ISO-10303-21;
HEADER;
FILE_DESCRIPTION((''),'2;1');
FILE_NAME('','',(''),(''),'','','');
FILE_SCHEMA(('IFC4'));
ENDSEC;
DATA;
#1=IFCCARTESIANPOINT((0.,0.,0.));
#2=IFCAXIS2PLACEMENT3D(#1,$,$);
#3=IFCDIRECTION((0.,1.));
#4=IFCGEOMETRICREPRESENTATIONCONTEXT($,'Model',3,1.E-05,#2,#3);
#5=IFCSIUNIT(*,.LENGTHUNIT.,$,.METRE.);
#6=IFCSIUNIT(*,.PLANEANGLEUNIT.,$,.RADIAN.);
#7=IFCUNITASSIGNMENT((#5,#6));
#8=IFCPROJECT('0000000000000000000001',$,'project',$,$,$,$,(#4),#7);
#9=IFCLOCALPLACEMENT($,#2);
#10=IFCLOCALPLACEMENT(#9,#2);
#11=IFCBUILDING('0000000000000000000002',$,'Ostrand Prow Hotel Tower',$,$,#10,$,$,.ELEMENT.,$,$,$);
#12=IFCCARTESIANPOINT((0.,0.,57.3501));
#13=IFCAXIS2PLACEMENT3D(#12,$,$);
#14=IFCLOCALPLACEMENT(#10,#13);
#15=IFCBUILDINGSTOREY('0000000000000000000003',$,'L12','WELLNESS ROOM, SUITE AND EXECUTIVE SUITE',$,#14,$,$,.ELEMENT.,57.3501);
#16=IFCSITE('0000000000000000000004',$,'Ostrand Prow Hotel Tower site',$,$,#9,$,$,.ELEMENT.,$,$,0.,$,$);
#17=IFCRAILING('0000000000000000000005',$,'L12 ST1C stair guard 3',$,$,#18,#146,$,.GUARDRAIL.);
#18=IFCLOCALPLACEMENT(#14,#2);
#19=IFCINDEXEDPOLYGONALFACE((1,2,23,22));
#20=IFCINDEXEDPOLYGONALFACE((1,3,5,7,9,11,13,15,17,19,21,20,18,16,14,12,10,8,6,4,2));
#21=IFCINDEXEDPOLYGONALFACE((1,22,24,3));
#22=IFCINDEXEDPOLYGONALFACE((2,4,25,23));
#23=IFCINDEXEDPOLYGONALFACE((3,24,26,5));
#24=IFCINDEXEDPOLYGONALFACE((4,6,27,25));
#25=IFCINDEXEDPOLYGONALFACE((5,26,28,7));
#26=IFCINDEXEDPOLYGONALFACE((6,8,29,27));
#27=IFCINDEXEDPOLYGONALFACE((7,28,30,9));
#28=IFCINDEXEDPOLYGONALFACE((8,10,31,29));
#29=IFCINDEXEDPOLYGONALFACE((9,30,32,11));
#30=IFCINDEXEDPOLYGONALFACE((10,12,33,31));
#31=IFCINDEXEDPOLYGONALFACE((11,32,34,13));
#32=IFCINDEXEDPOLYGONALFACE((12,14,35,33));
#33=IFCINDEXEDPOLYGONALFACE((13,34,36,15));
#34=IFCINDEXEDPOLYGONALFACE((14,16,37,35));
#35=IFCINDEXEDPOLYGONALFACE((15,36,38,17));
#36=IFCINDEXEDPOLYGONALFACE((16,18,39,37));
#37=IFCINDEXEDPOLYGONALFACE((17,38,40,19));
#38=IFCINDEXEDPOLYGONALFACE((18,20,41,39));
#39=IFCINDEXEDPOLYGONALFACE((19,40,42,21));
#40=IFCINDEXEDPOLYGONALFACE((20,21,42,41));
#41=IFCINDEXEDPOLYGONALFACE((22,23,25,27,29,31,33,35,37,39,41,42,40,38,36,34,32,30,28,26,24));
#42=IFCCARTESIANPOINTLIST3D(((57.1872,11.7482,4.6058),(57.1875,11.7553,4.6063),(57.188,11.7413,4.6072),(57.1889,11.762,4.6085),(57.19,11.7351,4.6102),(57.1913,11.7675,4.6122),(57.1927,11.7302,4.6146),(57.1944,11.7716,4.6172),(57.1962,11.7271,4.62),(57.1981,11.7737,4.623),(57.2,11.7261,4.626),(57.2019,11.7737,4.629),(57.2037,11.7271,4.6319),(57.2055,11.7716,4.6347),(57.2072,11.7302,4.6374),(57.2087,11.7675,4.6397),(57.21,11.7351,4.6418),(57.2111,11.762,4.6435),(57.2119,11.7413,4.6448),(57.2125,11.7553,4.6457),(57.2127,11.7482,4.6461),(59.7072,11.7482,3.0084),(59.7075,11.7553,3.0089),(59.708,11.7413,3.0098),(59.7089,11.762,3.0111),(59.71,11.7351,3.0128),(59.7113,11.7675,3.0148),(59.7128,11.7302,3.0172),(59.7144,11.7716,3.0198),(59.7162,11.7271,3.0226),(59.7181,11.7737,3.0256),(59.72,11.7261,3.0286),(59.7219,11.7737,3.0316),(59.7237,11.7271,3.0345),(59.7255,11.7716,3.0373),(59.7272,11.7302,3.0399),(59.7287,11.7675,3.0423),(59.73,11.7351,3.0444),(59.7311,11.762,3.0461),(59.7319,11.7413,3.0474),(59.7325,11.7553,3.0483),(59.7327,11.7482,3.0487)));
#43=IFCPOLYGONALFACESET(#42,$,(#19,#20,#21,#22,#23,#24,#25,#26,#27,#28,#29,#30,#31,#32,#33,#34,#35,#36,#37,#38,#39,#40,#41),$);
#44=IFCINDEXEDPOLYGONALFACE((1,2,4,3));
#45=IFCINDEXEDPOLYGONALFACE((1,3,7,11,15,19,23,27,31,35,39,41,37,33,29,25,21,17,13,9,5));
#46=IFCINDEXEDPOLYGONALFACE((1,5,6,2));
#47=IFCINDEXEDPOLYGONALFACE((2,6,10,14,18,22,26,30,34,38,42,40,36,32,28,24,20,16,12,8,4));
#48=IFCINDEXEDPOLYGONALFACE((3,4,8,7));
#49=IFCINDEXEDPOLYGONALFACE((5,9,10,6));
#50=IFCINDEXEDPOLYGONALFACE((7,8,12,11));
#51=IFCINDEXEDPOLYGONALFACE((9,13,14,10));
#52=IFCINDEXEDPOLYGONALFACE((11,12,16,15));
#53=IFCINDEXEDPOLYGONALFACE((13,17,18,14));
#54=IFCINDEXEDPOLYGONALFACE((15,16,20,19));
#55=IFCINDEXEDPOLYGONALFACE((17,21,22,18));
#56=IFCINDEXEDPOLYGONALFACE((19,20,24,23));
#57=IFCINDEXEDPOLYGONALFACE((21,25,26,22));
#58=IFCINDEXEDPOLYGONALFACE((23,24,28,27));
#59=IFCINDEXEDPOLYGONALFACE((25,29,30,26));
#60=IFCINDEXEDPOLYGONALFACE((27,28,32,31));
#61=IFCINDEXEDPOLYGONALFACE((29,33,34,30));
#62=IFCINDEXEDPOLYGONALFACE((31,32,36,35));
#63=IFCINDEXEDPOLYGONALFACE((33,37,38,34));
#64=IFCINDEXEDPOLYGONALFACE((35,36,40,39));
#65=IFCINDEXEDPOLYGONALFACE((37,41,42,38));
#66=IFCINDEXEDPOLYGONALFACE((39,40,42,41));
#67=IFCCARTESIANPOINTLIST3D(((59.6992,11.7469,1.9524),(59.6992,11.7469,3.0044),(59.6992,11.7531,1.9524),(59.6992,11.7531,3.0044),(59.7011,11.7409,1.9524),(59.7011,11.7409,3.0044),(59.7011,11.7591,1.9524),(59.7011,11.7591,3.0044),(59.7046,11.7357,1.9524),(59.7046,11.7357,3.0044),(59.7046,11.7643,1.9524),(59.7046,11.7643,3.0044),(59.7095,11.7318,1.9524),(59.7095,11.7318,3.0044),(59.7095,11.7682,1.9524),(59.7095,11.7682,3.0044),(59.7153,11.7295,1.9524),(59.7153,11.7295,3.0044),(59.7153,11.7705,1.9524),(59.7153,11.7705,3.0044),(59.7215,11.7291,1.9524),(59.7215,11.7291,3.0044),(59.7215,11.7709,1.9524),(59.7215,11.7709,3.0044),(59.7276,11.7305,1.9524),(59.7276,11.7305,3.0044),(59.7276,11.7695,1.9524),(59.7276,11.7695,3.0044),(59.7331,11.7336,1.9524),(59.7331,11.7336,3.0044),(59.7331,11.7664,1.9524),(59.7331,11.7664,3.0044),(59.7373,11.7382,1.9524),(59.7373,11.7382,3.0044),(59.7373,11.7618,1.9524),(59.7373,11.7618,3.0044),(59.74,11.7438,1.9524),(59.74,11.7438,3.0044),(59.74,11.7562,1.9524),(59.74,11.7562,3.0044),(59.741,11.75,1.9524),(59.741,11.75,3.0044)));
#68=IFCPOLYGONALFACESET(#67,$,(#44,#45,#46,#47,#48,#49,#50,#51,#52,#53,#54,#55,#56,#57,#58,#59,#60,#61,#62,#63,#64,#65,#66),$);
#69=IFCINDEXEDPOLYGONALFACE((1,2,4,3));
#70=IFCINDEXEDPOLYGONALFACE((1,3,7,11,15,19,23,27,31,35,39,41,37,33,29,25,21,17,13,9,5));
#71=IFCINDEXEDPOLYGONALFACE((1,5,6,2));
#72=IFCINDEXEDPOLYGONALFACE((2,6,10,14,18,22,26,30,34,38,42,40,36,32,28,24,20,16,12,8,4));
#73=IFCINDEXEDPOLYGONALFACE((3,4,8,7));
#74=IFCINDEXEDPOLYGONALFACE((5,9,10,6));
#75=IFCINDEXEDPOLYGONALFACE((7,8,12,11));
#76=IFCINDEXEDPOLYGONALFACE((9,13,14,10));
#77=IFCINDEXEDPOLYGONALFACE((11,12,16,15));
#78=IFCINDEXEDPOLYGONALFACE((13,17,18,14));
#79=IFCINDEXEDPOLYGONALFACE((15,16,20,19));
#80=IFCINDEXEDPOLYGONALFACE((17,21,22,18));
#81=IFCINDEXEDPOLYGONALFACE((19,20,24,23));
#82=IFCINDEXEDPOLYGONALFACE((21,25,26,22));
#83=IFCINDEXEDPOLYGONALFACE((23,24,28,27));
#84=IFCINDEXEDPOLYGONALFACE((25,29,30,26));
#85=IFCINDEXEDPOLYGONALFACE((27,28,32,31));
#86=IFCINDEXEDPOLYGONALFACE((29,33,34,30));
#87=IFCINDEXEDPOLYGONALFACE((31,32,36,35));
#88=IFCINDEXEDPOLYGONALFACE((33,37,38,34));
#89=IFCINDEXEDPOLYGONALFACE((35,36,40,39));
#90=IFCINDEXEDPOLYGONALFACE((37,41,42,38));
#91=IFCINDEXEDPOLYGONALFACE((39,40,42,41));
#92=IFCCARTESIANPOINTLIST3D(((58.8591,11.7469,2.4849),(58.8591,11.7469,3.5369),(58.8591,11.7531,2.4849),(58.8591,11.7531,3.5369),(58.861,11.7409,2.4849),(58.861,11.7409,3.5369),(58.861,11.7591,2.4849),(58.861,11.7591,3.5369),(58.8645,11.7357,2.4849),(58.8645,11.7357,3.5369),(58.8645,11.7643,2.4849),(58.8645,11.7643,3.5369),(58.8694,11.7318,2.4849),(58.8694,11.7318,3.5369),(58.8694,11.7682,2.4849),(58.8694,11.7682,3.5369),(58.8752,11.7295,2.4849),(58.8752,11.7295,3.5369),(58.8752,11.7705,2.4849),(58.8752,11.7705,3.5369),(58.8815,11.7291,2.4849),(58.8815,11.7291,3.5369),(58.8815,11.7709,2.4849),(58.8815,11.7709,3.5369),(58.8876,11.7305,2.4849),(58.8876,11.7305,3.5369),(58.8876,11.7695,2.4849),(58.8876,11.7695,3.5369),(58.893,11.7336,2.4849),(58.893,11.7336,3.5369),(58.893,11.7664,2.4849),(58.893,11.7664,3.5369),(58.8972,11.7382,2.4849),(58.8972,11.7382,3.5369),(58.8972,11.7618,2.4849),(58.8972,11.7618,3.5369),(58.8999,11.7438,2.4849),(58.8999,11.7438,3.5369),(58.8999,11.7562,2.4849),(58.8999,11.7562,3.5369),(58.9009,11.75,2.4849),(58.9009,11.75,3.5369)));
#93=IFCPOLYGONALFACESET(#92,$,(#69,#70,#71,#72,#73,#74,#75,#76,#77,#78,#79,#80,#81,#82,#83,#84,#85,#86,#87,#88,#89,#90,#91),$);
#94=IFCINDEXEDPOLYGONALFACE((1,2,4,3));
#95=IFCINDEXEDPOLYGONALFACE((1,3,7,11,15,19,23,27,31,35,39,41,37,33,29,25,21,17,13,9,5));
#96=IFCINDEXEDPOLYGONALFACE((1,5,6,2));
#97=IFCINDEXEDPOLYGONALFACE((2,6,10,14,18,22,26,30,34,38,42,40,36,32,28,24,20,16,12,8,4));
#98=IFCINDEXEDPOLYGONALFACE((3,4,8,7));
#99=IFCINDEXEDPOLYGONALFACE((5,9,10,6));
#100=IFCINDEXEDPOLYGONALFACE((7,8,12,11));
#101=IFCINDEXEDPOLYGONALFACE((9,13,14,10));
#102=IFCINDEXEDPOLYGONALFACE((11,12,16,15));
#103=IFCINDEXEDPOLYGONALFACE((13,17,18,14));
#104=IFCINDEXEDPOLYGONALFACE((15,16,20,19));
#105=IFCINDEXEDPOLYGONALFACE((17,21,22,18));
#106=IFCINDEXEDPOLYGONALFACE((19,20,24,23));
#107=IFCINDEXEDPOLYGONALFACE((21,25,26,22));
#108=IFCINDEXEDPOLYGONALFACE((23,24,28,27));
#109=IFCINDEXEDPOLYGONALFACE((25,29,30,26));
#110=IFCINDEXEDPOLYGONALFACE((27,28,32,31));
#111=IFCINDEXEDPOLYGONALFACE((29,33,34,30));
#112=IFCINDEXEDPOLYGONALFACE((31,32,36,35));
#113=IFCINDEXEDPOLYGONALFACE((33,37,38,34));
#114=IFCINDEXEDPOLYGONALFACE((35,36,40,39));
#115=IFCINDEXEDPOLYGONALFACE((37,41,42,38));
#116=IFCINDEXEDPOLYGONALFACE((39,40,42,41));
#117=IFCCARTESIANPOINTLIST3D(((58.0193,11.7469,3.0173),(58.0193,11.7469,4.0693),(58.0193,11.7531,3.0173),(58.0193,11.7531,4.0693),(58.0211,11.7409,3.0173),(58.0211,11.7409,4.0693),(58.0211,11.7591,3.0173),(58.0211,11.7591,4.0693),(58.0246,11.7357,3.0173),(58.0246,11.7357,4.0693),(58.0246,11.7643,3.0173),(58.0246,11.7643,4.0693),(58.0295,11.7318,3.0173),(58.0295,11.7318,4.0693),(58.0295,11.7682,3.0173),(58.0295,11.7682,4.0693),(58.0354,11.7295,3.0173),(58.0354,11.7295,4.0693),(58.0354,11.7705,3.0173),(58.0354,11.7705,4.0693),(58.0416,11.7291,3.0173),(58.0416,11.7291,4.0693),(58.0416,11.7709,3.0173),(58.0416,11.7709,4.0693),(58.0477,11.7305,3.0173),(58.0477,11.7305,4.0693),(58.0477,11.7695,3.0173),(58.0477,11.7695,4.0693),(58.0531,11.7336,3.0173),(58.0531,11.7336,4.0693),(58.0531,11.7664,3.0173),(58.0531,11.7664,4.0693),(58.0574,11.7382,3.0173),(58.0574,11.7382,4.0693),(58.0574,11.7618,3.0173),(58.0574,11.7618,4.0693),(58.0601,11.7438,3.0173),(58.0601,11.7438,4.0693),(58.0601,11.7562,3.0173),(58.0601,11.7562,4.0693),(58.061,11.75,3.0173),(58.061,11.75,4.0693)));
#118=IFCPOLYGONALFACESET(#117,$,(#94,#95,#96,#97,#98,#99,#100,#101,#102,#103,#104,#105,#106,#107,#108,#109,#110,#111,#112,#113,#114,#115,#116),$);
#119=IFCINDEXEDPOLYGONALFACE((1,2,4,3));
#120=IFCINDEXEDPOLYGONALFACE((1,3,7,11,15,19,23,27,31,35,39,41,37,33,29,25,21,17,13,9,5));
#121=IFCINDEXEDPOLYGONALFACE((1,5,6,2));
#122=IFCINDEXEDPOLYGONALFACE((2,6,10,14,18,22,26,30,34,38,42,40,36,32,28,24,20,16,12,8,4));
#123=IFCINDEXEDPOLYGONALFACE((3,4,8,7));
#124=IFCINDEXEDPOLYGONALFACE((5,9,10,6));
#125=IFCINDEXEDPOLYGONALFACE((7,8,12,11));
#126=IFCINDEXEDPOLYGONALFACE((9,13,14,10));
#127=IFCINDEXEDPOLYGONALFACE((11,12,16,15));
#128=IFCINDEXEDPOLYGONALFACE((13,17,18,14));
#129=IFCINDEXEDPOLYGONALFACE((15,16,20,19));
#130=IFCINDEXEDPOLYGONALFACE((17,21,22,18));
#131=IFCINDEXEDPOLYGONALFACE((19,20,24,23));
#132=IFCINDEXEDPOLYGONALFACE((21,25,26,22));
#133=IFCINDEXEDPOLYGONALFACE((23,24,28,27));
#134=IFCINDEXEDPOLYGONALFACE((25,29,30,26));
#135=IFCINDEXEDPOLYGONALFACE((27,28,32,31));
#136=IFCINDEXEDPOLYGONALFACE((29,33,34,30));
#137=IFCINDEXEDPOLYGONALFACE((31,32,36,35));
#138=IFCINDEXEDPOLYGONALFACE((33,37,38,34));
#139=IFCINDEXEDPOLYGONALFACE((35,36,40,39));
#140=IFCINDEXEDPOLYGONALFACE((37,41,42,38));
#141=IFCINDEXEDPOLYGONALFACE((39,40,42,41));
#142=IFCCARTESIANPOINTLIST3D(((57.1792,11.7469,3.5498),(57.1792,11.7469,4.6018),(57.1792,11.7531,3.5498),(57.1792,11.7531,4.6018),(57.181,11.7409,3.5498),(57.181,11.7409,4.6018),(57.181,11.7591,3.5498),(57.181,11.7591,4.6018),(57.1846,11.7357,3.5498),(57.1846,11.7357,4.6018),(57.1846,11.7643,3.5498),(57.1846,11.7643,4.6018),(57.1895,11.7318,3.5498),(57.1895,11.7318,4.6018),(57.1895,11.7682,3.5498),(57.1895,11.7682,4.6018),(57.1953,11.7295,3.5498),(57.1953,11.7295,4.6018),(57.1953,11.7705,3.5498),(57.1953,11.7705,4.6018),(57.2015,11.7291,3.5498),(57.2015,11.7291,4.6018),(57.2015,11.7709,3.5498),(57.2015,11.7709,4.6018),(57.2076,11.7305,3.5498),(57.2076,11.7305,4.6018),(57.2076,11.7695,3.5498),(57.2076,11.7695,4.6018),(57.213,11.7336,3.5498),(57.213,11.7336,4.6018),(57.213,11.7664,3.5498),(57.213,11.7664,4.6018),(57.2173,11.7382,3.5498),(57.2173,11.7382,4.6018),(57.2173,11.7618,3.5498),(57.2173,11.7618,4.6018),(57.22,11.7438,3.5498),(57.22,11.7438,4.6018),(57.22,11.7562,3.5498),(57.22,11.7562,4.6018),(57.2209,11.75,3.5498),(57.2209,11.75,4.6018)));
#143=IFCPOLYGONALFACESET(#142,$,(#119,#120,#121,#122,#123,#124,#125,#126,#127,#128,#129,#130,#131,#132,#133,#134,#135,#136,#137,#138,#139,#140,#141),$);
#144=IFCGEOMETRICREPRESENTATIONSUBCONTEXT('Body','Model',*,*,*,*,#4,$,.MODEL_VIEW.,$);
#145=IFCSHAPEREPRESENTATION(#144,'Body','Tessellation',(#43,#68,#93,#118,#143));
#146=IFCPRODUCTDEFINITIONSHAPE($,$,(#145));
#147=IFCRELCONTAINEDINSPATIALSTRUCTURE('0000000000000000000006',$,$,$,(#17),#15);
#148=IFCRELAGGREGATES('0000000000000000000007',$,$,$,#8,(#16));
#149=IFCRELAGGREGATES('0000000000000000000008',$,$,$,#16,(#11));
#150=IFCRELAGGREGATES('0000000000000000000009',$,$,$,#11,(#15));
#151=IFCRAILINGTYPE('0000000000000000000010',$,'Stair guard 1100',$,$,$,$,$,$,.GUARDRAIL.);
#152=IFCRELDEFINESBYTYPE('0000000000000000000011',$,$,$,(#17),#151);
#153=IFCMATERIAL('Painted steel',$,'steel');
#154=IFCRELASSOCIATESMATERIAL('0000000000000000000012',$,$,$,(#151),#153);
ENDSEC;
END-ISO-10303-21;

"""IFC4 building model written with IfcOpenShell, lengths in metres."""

from ifc_helpers import new_model, si_unit, direction, frame, origin, origin_2d, place, context, subcontext, project, spatial, circle, extrude, material, type_object, element, save


model = new_model("IFC4")

# Units and contexts
model_context = context("Model", 3, precision=1e-05, world=origin(), true_north=direction((0.0, 1.0)))
body_context = subcontext(model_context, "Body", "Model", "MODEL_VIEW")
ifc_project = project(units=[si_unit("LENGTHUNIT", "METRE"), si_unit("PLANEANGLEUNIT", "RADIAN")], contexts=[model_context])

# Site, building, storey
site_placement = place(None, origin())
site = spatial("IfcSite", under=ifc_project, at=site_placement, Name="Ostrand Prow Hotel Tower site", CompositionType="ELEMENT", RefElevation=0.0)
building_placement = place(site_placement, origin())
building = spatial("IfcBuilding", under=site, at=building_placement, Name="Ostrand Prow Hotel Tower", CompositionType="ELEMENT")
storey_placement = place(building_placement, frame((0.0, 0.0, 57.3501)))
storey = spatial("IfcBuildingStorey", under=building, at=storey_placement, Name="L12", Description="WELLNESS ROOM, SUITE AND EXECUTIVE SUITE", CompositionType="ELEMENT", Elevation=57.3501)

# Railing
ifc_material_1 = material(Name="Painted steel", Category="steel")
railing_type_1 = type_object("IfcRailingType", Name="Stair guard 1100", PredefinedType="GUARDRAIL", material=ifc_material_1)
railing_1_placement = place(storey_placement, frame((59.72, 11.75, 1.9524)))
element("IfcRailing", 1, at=railing_1_placement, inside=storey, type_object=railing_type_1, Name="L12 ST1C stair guard 3", PredefinedType="GUARDRAIL", context=body_context, shape_type="SweptSolid", body=[
    extrude(circle(Radius=0.0239, at=origin_2d()), frame((0.0, 0.0, 1.0762), z_axis=(-0.844607, 0.0, 0.535387), x_axis=(0.0, -1.0, 0.0)), (0.0, 0.0, 1.0), 2.9836),
    extrude(circle(Radius=0.021, at=origin_2d()), origin(), (0.0, 0.0, 1.0), 1.052),
    extrude(circle(Radius=0.021, at=origin_2d()), frame((-0.8401, 0.0, 0.5325)), (0.0, 0.0, 1.0), 1.052),
    extrude(circle(Radius=0.021, at=origin_2d()), frame((-1.6799, 0.0, 1.0649)), (0.0, 0.0, 1.0), 1.052),
    extrude(circle(Radius=0.021, at=origin_2d()), frame((-2.52, 0.0, 1.5974)), (0.0, 0.0, 1.0), 1.052),
])

save(model, "model.ifc")
